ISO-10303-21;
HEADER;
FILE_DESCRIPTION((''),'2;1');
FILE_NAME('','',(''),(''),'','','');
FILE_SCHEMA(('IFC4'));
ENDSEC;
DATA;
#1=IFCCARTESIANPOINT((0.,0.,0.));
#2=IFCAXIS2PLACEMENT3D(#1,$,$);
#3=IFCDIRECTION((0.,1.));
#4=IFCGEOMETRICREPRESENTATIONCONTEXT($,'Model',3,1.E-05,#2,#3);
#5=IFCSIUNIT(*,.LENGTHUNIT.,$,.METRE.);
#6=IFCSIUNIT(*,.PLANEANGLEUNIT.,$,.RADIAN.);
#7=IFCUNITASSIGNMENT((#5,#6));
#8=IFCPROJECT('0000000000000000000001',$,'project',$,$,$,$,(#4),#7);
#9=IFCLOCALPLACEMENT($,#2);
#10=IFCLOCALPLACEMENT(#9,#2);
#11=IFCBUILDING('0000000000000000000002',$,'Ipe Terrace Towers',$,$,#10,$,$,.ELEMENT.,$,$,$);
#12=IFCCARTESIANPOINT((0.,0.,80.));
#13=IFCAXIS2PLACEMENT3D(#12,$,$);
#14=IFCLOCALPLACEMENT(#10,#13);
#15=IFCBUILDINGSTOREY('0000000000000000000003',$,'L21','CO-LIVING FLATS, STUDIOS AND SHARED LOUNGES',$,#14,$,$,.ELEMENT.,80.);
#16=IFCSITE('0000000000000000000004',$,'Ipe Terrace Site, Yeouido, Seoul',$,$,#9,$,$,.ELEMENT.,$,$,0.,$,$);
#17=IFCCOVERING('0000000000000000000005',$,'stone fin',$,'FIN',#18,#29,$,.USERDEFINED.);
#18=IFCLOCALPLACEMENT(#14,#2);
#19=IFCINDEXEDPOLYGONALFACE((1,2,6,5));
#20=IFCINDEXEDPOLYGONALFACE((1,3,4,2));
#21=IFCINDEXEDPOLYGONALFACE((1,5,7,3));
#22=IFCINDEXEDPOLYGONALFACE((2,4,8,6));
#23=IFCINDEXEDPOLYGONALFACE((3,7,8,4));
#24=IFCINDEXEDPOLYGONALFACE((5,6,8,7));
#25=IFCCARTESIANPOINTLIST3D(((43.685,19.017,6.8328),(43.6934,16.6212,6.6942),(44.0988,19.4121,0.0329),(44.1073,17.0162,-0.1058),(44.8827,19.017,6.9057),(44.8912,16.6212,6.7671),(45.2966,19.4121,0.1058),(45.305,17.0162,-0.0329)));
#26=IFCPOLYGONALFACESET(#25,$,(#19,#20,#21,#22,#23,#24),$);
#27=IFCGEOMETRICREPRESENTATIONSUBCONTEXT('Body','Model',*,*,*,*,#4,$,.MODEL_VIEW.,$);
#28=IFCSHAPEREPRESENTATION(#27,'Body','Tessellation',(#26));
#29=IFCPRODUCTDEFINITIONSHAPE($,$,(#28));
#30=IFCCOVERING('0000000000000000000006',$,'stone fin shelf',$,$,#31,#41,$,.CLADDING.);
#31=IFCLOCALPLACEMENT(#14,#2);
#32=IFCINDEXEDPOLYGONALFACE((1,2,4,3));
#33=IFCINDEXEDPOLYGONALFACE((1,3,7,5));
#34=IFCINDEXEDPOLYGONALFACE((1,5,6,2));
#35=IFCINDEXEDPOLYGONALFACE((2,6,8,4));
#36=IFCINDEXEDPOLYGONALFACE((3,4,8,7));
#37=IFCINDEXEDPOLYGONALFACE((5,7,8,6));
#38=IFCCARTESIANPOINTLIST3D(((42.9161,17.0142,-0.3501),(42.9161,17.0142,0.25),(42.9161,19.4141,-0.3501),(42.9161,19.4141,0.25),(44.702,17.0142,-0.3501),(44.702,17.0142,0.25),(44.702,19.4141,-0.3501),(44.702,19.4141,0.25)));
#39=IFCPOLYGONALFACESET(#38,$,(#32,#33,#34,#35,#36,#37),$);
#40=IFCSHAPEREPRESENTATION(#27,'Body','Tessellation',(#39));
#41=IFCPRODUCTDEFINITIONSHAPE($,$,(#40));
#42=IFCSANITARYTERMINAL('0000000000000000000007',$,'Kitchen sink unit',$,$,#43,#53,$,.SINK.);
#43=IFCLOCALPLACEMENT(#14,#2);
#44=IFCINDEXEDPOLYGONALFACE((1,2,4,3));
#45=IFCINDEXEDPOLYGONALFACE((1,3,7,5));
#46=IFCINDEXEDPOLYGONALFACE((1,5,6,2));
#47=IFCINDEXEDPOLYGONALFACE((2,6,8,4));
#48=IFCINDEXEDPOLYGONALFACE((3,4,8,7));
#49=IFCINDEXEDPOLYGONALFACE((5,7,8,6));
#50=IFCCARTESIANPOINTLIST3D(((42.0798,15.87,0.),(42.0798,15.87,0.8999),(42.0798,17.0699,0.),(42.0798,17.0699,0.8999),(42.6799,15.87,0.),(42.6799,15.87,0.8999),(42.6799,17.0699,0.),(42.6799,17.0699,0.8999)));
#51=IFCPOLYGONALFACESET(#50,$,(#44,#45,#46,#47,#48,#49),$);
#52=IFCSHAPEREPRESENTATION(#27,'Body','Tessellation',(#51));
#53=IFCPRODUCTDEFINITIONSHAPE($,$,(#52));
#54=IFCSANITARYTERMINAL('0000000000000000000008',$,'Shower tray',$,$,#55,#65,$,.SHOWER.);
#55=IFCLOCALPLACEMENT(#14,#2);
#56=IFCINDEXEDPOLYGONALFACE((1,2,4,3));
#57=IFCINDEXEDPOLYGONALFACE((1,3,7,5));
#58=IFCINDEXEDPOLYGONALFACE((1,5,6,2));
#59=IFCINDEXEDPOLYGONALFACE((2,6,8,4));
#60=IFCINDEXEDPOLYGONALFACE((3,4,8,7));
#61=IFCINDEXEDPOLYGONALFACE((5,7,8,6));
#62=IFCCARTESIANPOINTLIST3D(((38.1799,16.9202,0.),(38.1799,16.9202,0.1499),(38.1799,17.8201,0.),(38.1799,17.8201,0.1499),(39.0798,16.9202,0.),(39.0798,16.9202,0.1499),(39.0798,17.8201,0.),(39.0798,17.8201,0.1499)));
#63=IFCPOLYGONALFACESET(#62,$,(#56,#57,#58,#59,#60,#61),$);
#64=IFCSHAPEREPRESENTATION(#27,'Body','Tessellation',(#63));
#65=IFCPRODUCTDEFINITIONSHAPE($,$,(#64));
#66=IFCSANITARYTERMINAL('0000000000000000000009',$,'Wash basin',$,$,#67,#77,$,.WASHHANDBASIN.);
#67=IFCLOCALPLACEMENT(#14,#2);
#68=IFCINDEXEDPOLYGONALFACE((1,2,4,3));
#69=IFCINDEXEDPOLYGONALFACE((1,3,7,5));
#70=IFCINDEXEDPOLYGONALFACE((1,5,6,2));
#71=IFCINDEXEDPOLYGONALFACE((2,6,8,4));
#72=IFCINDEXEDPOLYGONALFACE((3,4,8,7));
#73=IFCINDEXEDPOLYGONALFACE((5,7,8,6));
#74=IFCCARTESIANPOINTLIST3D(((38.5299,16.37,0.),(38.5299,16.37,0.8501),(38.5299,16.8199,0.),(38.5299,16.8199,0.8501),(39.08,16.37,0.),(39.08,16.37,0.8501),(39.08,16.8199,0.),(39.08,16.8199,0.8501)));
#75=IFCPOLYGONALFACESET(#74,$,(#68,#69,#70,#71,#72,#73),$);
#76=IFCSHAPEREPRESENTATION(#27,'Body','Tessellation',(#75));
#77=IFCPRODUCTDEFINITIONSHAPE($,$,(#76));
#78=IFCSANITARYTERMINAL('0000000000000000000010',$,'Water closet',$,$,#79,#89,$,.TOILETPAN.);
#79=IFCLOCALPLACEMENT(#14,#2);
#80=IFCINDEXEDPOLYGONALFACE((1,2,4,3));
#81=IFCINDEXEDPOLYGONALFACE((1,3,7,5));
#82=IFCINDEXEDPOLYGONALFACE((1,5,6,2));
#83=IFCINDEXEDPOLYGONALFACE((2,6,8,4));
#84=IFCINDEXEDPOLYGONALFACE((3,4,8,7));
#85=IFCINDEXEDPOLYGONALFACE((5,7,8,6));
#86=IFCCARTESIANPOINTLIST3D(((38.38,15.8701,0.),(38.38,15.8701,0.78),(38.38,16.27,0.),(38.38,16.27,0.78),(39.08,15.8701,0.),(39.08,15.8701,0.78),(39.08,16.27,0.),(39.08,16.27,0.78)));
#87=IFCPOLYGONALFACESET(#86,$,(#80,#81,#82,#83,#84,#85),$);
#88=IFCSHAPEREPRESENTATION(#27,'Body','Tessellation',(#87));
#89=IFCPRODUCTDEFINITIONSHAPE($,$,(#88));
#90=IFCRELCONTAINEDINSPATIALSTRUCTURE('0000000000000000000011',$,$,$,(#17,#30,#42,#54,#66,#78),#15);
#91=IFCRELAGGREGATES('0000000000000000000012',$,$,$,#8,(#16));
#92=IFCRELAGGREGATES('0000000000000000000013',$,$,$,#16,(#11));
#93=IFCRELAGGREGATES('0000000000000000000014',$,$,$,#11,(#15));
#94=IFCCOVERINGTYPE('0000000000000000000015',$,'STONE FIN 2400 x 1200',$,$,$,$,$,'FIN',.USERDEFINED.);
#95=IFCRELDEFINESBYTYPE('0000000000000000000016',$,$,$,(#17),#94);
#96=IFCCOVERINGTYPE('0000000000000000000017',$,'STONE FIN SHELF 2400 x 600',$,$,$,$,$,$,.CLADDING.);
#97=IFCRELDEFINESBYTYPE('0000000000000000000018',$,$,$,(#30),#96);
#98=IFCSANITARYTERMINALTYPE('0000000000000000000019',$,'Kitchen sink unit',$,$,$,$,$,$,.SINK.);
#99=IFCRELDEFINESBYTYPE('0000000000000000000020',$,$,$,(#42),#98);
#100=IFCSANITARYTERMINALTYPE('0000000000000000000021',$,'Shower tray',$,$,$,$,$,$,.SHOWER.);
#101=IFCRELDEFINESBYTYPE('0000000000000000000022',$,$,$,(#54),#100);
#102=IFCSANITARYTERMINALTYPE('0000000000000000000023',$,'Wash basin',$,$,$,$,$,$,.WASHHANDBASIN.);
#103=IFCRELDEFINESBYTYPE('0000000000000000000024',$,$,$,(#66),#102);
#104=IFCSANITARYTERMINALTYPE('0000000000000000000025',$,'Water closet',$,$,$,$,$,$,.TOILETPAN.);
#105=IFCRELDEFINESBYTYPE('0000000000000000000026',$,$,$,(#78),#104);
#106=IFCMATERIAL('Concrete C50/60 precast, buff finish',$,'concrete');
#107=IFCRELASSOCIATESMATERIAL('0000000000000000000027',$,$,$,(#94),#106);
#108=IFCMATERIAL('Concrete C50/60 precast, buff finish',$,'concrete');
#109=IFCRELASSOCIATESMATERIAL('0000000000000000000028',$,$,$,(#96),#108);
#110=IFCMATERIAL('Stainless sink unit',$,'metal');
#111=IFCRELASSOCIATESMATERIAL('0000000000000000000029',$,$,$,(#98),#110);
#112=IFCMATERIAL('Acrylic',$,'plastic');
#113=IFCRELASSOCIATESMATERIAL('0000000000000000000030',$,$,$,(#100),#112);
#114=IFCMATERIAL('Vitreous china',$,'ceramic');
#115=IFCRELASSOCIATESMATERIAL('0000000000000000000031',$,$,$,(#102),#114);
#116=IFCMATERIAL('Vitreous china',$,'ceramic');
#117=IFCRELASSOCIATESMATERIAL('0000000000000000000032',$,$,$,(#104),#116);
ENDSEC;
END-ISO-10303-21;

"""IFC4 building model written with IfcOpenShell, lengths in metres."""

from ifc_helpers import new_model, si_unit, direction, frame, origin, origin_2d, place, context, subcontext, project, spatial, rectangle, extrude, material, material_profile, profile_set, type_object, element, save


model = new_model("IFC4")

# Units and contexts
model_context = context("Model", 3, precision=1e-05, world=origin(), true_north=direction((0.0, 1.0)))
body_context = subcontext(model_context, "Body", "Model", "MODEL_VIEW")
ifc_project = project(units=[si_unit("LENGTHUNIT", "METRE"), si_unit("PLANEANGLEUNIT", "RADIAN")], contexts=[model_context])

# Site, building, storey
site_placement = place(None, origin())
site = spatial("IfcSite", under=ifc_project, at=site_placement, Name="Ipe Terrace Site, Yeouido, Seoul", CompositionType="ELEMENT", RefElevation=0.0)
building_placement = place(site_placement, origin())
building = spatial("IfcBuilding", under=site, at=building_placement, Name="Ipe Terrace Towers", CompositionType="ELEMENT")
storey_placement = place(building_placement, frame((0.0, 0.0, 80.0)))
storey = spatial("IfcBuildingStorey", under=building, at=storey_placement, Name="L21", Description="CO-LIVING FLATS, STUDIOS AND SHARED LOUNGES", CompositionType="ELEMENT", Elevation=80.0)

# Coverings
ifc_material_1 = material(Name="Concrete C50/60 precast, buff finish", Category="concrete")
ifc_material_profile_1 = material_profile(ifc_material_1, rectangle(XDim=2.3999, YDim=1.2, at=origin_2d()), Name="STONE FIN 2400 x 1200")
ifc_profile_set_1 = profile_set([ifc_material_profile_1], Name="Concrete C50/60 precast, buff finish")
covering_type_1 = type_object("IfcCoveringType", Name="STONE FIN 2400 x 1200", ElementType="FIN", PredefinedType="USERDEFINED", material=ifc_profile_set_1)
covering_1_placement = place(storey_placement, frame((44.7019, 18.2141, 0.0), z_axis=(-0.060641, -0.057886, 0.99648), x_axis=(-0.003516, 0.998323, 0.057779)))
element("IfcCovering", 1, at=covering_1_placement, inside=storey, type_object=covering_type_1, Name="stone fin", ObjectType="FIN", PredefinedType="USERDEFINED", context=body_context, shape_type="SweptSolid", body=[
    extrude(rectangle(XDim=2.3999, YDim=1.2, at=origin_2d()), origin(), (0.0, 0.0, 1.0), 6.824),
])
ifc_material_2 = material(Name="Concrete C50/60 precast, buff finish", Category="concrete")
covering_type_2 = type_object("IfcCoveringType", Name="STONE FIN SHELF 2400 x 600", PredefinedType="CLADDING", material=ifc_material_2)
covering_2_placement = place(storey_placement, frame((43.8091, 18.2141, -0.3501), z_axis=(0.0, 0.0, 1.0), x_axis=(0.0, 1.0, 0.0)))
element("IfcCovering", 2, at=covering_2_placement, inside=storey, type_object=covering_type_2, Name="stone fin shelf", PredefinedType="CLADDING", context=body_context, shape_type="SweptSolid", body=[
    extrude(rectangle(XDim=2.3999, YDim=1.7859, at=origin_2d()), origin(), (0.0, 0.0, 1.0), 0.6001),
])

# Sanitary terminals
ifc_material_3 = material(Name="Stainless sink unit", Category="metal")
sanitary_terminal_type_1 = type_object("IfcSanitaryTerminalType", Name="Kitchen sink unit", PredefinedType="SINK", material=ifc_material_3)
sanitary_terminal_1_placement = place(storey_placement, frame((42.3799, 16.47, 0.0), z_axis=(0.0, 0.0, 1.0), x_axis=(0.0, -1.0, 0.0)))
element("IfcSanitaryTerminal", 3, at=sanitary_terminal_1_placement, inside=storey, type_object=sanitary_terminal_type_1, Name="Kitchen sink unit", PredefinedType="SINK", context=body_context, shape_type="SweptSolid", body=[
    extrude(rectangle(XDim=1.2, YDim=0.6001, at=origin_2d()), origin(), (0.0, 0.0, 1.0), 0.8999),
])
ifc_material_4 = material(Name="Acrylic", Category="plastic")
sanitary_terminal_type_2 = type_object("IfcSanitaryTerminalType", Name="Shower tray", PredefinedType="SHOWER", material=ifc_material_4)
sanitary_terminal_2_placement = place(storey_placement, frame((38.6299, 17.3701, 0.0), z_axis=(0.0, 0.0, 1.0), x_axis=(-1.0, 0.0, 0.0)))
element("IfcSanitaryTerminal", 4, at=sanitary_terminal_2_placement, inside=storey, type_object=sanitary_terminal_type_2, Name="Shower tray", PredefinedType="SHOWER", context=body_context, shape_type="SweptSolid", body=[
    extrude(rectangle(XDim=0.8999, YDim=0.8999, at=origin_2d()), origin(), (0.0, 0.0, 1.0), 0.1499),
])
ifc_material_5 = material(Name="Vitreous china", Category="ceramic")
sanitary_terminal_type_3 = type_object("IfcSanitaryTerminalType", Name="Wash basin", PredefinedType="WASHHANDBASIN", material=ifc_material_5)
sanitary_terminal_3_placement = place(storey_placement, frame((38.8049, 16.595, 0.0), z_axis=(0.0, 0.0, 1.0), x_axis=(-1.0, 0.0, 0.0)))
element("IfcSanitaryTerminal", 5, at=sanitary_terminal_3_placement, inside=storey, type_object=sanitary_terminal_type_3, Name="Wash basin", PredefinedType="WASHHANDBASIN", context=body_context, shape_type="SweptSolid", body=[
    extrude(rectangle(XDim=0.55, YDim=0.45, at=origin_2d()), origin(), (0.0, 0.0, 1.0), 0.8501),
])
ifc_material_6 = material(Name="Vitreous china", Category="ceramic")
sanitary_terminal_type_4 = type_object("IfcSanitaryTerminalType", Name="Water closet", PredefinedType="TOILETPAN", material=ifc_material_6)
sanitary_terminal_4_placement = place(storey_placement, frame((38.73, 16.0701, 0.0), z_axis=(0.0, 0.0, 1.0), x_axis=(-1.0, 0.0, 0.0)))
element("IfcSanitaryTerminal", 6, at=sanitary_terminal_4_placement, inside=storey, type_object=sanitary_terminal_type_4, Name="Water closet", PredefinedType="TOILETPAN", context=body_context, shape_type="SweptSolid", body=[
    extrude(rectangle(XDim=0.7, YDim=0.3999, at=origin_2d()), origin(), (0.0, 0.0, 1.0), 0.78),
])

save(model, "model.ifc")
